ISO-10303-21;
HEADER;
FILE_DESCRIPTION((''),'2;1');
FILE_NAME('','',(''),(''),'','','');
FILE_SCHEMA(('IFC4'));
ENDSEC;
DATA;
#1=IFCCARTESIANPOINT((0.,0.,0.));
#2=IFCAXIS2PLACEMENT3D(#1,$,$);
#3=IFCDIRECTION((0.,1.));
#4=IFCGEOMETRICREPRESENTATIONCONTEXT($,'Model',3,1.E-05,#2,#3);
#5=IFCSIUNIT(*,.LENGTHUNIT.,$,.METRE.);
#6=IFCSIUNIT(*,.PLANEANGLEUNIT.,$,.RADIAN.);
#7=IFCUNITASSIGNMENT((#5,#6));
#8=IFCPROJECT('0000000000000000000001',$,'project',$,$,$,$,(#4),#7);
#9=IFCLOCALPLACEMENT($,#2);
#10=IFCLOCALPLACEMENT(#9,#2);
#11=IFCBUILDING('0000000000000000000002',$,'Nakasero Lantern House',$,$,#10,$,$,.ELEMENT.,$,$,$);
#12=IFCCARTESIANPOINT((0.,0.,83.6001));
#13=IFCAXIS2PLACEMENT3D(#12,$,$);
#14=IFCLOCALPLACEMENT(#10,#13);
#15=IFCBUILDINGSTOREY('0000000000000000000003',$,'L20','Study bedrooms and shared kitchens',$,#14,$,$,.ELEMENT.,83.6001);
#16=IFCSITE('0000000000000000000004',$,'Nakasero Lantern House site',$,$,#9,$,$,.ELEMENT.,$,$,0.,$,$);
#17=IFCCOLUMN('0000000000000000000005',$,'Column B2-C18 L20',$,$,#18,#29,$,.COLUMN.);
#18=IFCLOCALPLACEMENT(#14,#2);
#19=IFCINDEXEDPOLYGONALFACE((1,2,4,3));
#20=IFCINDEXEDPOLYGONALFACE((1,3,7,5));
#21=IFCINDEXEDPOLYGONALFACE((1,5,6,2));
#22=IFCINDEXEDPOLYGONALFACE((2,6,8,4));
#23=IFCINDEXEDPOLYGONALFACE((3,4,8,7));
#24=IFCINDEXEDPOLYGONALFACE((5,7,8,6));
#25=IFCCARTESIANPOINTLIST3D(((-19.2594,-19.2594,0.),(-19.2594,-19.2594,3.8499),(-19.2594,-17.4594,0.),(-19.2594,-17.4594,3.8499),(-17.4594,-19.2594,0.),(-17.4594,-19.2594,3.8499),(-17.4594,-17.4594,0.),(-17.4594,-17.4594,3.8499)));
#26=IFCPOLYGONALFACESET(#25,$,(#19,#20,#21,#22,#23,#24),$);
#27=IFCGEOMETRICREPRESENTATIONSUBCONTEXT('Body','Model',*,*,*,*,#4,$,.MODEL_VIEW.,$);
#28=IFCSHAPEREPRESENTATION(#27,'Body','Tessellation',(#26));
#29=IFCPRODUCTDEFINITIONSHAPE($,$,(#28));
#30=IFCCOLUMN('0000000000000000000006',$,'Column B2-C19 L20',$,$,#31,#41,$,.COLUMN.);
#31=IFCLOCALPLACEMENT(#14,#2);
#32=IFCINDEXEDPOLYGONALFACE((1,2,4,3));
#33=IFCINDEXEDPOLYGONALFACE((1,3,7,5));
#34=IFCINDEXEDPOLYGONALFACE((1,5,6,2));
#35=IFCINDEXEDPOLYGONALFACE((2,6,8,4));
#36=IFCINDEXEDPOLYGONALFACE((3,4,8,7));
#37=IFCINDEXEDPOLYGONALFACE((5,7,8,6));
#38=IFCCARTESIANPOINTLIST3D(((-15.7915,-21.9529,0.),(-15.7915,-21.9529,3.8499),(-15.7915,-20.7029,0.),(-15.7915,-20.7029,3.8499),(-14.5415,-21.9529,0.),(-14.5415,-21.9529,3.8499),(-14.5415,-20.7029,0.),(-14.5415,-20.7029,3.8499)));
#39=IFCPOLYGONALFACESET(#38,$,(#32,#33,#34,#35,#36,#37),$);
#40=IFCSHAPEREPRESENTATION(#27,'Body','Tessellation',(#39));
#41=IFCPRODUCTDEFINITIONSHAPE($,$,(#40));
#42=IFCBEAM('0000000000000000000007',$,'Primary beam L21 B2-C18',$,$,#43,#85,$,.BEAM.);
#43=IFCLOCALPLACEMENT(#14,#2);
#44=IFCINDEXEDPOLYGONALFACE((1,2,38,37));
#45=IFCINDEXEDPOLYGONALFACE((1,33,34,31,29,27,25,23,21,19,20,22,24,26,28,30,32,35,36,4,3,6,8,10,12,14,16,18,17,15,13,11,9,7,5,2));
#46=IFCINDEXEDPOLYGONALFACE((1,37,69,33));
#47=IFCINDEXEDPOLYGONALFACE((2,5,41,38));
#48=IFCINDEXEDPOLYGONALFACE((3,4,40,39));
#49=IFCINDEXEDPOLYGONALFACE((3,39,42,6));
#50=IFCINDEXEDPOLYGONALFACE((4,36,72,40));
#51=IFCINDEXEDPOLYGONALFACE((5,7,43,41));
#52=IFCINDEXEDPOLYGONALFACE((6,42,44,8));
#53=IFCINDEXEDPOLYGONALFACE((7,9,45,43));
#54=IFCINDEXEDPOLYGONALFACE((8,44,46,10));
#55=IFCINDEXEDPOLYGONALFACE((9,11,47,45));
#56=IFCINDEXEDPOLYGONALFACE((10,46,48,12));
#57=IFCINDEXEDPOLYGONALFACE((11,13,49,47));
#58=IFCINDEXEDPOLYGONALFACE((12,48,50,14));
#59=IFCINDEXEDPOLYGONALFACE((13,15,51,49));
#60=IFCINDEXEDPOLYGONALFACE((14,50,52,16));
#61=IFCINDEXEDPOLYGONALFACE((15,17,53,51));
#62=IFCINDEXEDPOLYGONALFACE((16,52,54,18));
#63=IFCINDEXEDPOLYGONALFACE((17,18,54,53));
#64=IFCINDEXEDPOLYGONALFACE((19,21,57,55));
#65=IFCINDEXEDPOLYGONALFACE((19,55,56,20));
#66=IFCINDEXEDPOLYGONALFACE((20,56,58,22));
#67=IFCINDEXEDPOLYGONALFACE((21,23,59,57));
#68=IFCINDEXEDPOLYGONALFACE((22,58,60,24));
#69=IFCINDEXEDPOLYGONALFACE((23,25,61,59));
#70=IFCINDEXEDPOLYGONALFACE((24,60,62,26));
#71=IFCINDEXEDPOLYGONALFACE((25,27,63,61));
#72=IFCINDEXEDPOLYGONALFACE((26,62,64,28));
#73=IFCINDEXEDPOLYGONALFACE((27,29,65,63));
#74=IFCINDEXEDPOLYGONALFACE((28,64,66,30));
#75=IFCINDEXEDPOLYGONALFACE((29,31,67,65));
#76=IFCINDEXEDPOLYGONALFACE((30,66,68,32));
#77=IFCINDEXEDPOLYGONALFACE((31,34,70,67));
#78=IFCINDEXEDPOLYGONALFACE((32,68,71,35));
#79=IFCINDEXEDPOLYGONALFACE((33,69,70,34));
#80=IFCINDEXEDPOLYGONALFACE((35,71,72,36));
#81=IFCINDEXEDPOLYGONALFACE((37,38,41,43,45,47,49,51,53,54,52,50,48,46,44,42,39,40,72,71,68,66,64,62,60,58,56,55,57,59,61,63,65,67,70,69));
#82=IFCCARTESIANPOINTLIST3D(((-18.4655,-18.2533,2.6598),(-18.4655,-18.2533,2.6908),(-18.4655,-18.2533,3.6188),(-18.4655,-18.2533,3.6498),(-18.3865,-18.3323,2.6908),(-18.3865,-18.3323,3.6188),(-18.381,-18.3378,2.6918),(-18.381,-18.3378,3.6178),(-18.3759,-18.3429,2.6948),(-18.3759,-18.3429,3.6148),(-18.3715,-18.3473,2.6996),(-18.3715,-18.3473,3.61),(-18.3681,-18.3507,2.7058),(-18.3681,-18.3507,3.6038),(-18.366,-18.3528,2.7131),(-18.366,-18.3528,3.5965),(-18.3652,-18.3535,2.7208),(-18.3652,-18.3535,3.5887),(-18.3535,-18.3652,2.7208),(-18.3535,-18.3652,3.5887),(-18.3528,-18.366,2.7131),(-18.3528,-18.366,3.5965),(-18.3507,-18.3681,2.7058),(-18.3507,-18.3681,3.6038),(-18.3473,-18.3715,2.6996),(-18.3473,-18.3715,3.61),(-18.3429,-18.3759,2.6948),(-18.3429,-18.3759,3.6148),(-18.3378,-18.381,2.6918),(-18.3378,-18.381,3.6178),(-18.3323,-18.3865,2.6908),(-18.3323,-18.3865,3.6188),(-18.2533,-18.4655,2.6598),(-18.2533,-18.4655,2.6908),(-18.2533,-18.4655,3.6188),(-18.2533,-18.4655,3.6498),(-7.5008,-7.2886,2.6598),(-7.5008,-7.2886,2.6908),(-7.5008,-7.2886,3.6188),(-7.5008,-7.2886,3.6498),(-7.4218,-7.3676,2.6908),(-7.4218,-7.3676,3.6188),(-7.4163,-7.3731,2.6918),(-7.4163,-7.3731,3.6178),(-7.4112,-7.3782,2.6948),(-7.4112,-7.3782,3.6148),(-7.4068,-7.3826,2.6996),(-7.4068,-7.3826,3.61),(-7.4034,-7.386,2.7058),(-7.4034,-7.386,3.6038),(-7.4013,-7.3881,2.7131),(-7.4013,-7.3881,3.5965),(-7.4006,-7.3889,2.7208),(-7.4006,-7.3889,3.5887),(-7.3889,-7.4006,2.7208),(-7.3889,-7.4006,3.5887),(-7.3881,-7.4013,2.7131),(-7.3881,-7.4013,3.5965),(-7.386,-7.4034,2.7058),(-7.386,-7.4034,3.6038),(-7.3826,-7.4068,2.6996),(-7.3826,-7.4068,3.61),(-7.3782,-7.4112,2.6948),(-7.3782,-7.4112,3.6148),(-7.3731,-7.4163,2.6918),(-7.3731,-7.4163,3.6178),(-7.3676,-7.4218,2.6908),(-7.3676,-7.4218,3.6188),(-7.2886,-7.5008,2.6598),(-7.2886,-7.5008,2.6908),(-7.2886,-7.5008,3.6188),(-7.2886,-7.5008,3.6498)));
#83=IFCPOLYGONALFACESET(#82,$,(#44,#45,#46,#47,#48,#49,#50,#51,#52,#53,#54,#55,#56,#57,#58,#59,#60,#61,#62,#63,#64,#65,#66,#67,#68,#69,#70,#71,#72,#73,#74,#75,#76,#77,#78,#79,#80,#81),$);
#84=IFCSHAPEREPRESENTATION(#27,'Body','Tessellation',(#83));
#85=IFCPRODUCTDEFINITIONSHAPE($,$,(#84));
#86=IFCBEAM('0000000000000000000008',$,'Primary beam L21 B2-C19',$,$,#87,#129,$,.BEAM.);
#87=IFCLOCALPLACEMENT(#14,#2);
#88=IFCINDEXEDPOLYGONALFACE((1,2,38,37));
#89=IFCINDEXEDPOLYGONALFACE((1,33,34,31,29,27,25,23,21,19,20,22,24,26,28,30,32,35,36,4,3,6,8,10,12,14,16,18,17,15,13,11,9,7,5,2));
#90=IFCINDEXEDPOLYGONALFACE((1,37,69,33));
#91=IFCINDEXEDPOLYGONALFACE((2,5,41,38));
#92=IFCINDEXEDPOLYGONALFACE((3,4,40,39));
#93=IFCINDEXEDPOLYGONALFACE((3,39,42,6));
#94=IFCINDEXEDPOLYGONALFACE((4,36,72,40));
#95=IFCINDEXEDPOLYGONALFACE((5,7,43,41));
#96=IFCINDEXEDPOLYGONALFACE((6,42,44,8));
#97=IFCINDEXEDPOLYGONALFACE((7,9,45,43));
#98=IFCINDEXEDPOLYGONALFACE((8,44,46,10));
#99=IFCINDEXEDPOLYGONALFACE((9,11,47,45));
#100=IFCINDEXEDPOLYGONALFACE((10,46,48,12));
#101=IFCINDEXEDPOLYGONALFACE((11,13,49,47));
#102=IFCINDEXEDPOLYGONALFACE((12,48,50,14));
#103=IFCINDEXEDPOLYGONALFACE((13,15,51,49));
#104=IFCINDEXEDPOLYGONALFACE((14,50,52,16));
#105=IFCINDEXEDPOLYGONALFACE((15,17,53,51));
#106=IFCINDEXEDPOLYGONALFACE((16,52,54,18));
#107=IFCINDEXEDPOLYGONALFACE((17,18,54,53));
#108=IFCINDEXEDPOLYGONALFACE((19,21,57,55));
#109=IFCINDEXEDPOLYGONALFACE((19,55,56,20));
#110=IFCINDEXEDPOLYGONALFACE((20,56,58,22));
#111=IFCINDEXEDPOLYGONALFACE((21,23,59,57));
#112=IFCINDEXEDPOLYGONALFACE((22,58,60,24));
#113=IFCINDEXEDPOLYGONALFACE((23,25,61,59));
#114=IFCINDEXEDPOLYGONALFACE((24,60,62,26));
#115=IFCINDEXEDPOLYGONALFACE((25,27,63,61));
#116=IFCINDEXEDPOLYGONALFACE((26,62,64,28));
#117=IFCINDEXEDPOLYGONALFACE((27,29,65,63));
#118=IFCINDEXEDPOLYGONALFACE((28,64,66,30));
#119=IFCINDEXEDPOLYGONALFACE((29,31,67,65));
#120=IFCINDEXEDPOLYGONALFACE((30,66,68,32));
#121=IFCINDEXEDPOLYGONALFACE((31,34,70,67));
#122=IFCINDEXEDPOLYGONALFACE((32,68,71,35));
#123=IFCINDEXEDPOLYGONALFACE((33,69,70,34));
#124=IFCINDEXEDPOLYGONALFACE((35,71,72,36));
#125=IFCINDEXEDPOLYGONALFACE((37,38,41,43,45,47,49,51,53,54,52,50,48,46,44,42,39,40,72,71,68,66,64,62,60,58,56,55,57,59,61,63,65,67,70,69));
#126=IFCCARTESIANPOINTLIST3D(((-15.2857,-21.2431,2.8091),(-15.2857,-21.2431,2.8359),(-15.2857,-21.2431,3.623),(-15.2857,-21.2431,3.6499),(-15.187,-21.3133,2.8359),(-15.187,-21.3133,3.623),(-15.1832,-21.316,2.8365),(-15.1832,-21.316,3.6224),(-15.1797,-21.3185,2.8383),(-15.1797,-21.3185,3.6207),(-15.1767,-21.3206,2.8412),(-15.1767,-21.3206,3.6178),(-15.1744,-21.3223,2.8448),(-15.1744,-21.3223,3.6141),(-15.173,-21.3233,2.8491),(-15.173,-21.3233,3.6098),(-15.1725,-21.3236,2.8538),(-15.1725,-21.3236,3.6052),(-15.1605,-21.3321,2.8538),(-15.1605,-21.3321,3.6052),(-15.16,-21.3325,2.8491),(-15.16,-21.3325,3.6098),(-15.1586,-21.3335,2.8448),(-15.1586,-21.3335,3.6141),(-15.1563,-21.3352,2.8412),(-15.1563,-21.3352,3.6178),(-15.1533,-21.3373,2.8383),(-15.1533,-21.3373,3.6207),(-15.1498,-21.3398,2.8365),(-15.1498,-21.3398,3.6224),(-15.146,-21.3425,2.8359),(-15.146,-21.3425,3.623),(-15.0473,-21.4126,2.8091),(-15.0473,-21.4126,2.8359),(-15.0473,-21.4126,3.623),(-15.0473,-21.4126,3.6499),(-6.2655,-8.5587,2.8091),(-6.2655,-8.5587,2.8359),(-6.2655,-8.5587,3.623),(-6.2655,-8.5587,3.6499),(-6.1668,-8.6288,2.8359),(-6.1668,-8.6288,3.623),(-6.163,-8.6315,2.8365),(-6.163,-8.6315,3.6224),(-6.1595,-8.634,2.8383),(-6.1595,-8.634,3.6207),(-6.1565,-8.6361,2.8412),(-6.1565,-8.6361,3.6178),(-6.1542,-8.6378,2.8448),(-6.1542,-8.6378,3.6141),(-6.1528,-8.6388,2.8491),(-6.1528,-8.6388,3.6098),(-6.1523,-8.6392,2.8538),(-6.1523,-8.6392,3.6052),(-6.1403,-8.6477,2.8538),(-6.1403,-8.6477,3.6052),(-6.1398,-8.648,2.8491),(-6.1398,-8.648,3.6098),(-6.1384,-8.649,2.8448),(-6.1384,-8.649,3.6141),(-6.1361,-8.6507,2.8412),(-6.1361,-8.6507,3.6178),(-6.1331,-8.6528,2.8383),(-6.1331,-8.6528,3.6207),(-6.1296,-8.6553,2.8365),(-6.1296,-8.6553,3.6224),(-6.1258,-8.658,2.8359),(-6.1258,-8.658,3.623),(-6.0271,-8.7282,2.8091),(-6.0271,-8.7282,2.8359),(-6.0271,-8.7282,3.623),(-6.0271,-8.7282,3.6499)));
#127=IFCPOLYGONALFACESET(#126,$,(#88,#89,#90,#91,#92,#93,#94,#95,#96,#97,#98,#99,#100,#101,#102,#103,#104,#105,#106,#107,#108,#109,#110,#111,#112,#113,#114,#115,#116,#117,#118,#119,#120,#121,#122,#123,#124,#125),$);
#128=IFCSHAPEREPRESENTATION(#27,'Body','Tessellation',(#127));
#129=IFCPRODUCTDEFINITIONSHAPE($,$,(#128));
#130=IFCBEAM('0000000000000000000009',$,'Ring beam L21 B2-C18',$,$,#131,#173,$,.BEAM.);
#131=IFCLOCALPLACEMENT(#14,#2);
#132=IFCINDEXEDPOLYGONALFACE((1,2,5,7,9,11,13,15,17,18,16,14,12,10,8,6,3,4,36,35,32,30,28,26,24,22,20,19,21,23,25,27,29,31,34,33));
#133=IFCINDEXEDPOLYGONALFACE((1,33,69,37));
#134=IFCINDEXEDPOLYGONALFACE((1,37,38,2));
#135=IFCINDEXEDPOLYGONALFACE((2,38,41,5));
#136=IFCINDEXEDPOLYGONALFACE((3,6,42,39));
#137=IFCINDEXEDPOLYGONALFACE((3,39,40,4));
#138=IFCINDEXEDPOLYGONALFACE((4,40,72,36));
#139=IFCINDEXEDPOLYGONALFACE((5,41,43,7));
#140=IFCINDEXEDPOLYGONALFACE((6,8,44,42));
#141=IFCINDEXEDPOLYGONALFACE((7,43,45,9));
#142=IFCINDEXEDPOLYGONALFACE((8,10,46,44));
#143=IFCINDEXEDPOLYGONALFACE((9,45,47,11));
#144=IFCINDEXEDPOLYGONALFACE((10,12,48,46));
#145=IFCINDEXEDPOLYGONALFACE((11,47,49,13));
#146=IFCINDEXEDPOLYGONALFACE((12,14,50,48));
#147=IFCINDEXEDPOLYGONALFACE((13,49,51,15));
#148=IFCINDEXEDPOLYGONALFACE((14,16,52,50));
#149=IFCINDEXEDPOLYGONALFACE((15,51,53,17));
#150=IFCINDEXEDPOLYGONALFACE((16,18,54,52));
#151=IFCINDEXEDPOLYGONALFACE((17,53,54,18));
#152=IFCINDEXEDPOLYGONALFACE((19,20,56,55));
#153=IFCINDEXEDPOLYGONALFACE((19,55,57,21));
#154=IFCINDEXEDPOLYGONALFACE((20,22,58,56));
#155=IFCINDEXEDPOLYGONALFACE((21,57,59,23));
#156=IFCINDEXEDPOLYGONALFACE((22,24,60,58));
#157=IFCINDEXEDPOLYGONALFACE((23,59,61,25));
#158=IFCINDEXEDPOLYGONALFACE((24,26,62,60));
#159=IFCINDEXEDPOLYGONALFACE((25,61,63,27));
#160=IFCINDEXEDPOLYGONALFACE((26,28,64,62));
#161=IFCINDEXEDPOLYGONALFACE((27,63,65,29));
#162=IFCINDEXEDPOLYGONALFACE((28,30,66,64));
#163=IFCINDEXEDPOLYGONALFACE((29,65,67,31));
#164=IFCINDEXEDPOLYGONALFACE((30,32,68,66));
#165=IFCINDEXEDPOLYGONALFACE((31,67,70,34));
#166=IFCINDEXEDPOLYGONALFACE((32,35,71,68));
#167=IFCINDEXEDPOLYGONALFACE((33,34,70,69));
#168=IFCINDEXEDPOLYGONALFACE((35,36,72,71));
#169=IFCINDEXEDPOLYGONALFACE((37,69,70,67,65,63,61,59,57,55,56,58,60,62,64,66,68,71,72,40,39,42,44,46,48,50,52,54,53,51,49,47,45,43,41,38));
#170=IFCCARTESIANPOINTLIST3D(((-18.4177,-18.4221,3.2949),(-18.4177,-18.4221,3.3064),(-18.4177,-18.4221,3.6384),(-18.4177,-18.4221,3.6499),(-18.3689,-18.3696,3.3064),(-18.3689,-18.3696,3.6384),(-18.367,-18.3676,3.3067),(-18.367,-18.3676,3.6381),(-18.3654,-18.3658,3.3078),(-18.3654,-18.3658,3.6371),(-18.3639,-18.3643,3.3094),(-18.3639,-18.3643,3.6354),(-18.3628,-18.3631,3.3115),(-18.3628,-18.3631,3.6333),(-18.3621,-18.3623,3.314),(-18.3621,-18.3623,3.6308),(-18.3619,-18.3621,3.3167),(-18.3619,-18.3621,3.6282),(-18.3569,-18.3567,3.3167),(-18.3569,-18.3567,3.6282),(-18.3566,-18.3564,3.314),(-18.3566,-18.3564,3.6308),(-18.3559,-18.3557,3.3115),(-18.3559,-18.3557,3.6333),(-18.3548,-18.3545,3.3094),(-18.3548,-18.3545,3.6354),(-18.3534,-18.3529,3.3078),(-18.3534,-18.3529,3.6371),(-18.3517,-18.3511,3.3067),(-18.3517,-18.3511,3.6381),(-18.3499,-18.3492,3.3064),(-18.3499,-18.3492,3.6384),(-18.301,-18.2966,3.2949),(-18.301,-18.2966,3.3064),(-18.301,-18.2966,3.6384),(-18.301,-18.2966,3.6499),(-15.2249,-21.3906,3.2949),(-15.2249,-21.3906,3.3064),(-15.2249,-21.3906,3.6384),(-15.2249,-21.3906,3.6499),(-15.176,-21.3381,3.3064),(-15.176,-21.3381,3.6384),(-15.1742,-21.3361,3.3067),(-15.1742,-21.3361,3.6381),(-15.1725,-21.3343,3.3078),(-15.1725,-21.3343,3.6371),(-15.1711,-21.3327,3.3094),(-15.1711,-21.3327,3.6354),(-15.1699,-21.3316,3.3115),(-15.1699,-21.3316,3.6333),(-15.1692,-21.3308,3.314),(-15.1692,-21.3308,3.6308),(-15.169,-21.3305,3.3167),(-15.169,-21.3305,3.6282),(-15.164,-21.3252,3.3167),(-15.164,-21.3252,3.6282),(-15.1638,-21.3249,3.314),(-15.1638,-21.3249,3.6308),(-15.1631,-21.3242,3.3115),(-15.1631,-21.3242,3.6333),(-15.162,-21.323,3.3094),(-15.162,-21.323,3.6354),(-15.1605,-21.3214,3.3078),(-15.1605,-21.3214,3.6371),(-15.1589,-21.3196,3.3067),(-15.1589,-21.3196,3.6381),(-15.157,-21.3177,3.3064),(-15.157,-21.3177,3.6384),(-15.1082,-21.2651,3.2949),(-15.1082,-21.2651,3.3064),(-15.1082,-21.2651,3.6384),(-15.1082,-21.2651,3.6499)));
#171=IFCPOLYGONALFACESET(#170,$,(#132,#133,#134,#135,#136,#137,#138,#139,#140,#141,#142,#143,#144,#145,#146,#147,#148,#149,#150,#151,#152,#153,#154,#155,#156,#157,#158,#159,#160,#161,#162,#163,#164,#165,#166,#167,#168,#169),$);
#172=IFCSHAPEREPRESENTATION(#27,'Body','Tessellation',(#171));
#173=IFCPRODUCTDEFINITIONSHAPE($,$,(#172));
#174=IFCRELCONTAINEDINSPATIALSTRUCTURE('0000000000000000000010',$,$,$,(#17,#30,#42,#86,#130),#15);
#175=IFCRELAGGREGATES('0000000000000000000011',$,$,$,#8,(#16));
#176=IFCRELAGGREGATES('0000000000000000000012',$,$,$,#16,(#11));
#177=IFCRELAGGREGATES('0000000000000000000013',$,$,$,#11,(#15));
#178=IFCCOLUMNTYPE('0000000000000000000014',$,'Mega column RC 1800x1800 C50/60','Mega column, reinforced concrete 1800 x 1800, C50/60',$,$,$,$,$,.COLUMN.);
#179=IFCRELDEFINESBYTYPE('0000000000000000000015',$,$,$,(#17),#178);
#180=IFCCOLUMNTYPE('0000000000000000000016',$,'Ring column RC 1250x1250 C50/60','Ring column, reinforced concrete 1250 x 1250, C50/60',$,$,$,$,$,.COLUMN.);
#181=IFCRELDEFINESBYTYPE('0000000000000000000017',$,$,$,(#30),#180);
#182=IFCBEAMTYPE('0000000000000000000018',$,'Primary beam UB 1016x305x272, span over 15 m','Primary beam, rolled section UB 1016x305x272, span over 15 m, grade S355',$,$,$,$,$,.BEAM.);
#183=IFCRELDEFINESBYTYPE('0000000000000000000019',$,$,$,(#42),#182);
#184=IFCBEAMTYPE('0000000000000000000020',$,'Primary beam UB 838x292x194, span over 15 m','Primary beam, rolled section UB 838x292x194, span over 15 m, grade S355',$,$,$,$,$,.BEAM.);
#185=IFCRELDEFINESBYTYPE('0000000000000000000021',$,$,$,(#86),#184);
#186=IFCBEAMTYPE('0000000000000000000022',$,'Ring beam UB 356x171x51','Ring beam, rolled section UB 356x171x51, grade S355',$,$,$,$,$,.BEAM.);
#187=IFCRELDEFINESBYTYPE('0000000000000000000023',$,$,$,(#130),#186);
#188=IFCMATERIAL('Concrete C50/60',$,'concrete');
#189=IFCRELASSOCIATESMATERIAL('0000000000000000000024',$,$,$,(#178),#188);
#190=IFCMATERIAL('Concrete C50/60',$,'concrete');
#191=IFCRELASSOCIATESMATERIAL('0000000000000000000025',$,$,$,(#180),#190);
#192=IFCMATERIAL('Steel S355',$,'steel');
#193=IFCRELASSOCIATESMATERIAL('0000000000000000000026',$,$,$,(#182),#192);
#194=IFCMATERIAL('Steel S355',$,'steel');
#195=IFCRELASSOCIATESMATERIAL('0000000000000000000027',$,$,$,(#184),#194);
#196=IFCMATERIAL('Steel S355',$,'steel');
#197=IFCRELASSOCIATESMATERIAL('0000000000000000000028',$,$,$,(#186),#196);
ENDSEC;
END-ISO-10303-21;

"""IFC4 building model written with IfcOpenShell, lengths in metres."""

from ifc_helpers import new_model, si_unit, direction, frame, origin, origin_2d, place, context, subcontext, project, spatial, rectangle, i_section, extrude, material, material_profile, profile_set, type_object, element, save


model = new_model("IFC4")

# Units and contexts
model_context = context("Model", 3, precision=1e-05, world=origin(), true_north=direction((0.0, 1.0)))
body_context = subcontext(model_context, "Body", "Model", "MODEL_VIEW")
ifc_project = project(units=[si_unit("LENGTHUNIT", "METRE"), si_unit("PLANEANGLEUNIT", "RADIAN")], contexts=[model_context])

# Site, building, storey
site_placement = place(None, origin())
site = spatial("IfcSite", under=ifc_project, at=site_placement, Name="Nakasero Lantern House site", CompositionType="ELEMENT", RefElevation=0.0)
building_placement = place(site_placement, origin())
building = spatial("IfcBuilding", under=site, at=building_placement, Name="Nakasero Lantern House", CompositionType="ELEMENT")
storey_placement = place(building_placement, frame((0.0, 0.0, 83.6001)))
storey = spatial("IfcBuildingStorey", under=building, at=storey_placement, Name="L20", Description="Study bedrooms and shared kitchens", CompositionType="ELEMENT", Elevation=83.6001)

# Columns
ifc_material_1 = material(Name="Concrete C50/60", Category="concrete")
ifc_material_profile_1 = material_profile(ifc_material_1, rectangle(XDim=1.8, YDim=1.8, at=origin_2d()), Name="RC 1800x1800")
ifc_profile_set_1 = profile_set([ifc_material_profile_1], Name="Concrete C50/60")
column_type_1 = type_object("IfcColumnType", Name="Mega column RC 1800x1800 C50/60", Description="Mega column, reinforced concrete 1800 x 1800, C50/60", PredefinedType="COLUMN", material=ifc_profile_set_1)
column_1_placement = place(storey_placement, frame((-18.3594, -18.3594, 0.0), z_axis=(0.0, 0.0, 1.0), x_axis=(1.0, 0.0, 0.0)))
element("IfcColumn", 1, at=column_1_placement, inside=storey, type_object=column_type_1, Name="Column B2-C18 L20", PredefinedType="COLUMN", context=body_context, shape_type="SweptSolid", body=[
    extrude(rectangle(XDim=1.8, YDim=1.8, at=origin_2d()), origin(), (0.0, 0.0, 1.0), 3.8499),
])
ifc_material_2 = material(Name="Concrete C50/60", Category="concrete")
ifc_material_profile_2 = material_profile(ifc_material_2, rectangle(XDim=1.25, YDim=1.25, at=origin_2d()), Name="RC 1250x1250")
ifc_profile_set_2 = profile_set([ifc_material_profile_2], Name="Concrete C50/60")
column_type_2 = type_object("IfcColumnType", Name="Ring column RC 1250x1250 C50/60", Description="Ring column, reinforced concrete 1250 x 1250, C50/60", PredefinedType="COLUMN", material=ifc_profile_set_2)
column_2_placement = place(storey_placement, frame((-15.1665, -21.3279, 0.0), z_axis=(0.0, 0.0, 1.0), x_axis=(1.0, 0.0, 0.0)))
element("IfcColumn", 2, at=column_2_placement, inside=storey, type_object=column_type_2, Name="Column B2-C19 L20", PredefinedType="COLUMN", context=body_context, shape_type="SweptSolid", body=[
    extrude(rectangle(XDim=1.25, YDim=1.25, at=origin_2d()), origin(), (0.0, 0.0, 1.0), 3.8499),
])

# Beams
ifc_material_3 = material(Name="Steel S355", Category="steel")
ifc_material_profile_3 = material_profile(ifc_material_3, i_section(OverallWidth=0.3, OverallDepth=0.99, WebThickness=0.0166, FlangeThickness=0.031, FilletRadius=0.03, at=origin_2d()), Name="UB 1016x305x272")
ifc_profile_set_3 = profile_set([ifc_material_profile_3], Name="Steel S355")
beam_type_1 = type_object("IfcBeamType", Name="Primary beam UB 1016x305x272, span over 15 m", Description="Primary beam, rolled section UB 1016x305x272, span over 15 m, grade S355", PredefinedType="BEAM", material=ifc_profile_set_3)
beam_1_placement = place(storey_placement, frame((-18.3594, -18.3594, 3.1548), z_axis=(0.707107, 0.707107, 0.0), x_axis=(-0.707107, 0.707107, 0.0)))
element("IfcBeam", 3, at=beam_1_placement, inside=storey, type_object=beam_type_1, Name="Primary beam L21 B2-C18", PredefinedType="BEAM", context=body_context, shape_type="SweptSolid", body=[
    extrude(i_section(OverallWidth=0.3, OverallDepth=0.99, WebThickness=0.0166, FlangeThickness=0.031, FilletRadius=0.03, at=origin_2d()), origin(), (0.0, 0.0, 1.0), 15.5063),
])
ifc_material_4 = material(Name="Steel S355", Category="steel")
ifc_material_profile_4 = material_profile(ifc_material_4, i_section(OverallWidth=0.2925, OverallDepth=0.8408, WebThickness=0.0146, FlangeThickness=0.0269, FilletRadius=0.0178, at=origin_2d()), Name="UB 838x292x194")
ifc_profile_set_4 = profile_set([ifc_material_profile_4], Name="Steel S355")
beam_type_2 = type_object("IfcBeamType", Name="Primary beam UB 838x292x194, span over 15 m", Description="Primary beam, rolled section UB 838x292x194, span over 15 m, grade S355", PredefinedType="BEAM", material=ifc_profile_set_4)
beam_2_placement = place(storey_placement, frame((-15.1665, -21.3279, 3.2295), z_axis=(0.579529, 0.814952, 0.0), x_axis=(-0.814952, 0.579529, 0.0)))
element("IfcBeam", 4, at=beam_2_placement, inside=storey, type_object=beam_type_2, Name="Primary beam L21 B2-C19", PredefinedType="BEAM", context=body_context, shape_type="SweptSolid", body=[
    extrude(i_section(OverallWidth=0.2925, OverallDepth=0.8408, WebThickness=0.0146, FlangeThickness=0.0269, FilletRadius=0.0178, at=origin_2d()), origin(), (0.0, 0.0, 1.0), 15.5647),
])
ifc_material_5 = material(Name="Steel S355", Category="steel")
ifc_material_profile_5 = material_profile(ifc_material_5, i_section(OverallWidth=0.1714, OverallDepth=0.355, WebThickness=0.0073, FlangeThickness=0.0115, FilletRadius=0.0103, at=origin_2d()), Name="UB 356x171x51")
ifc_profile_set_5 = profile_set([ifc_material_profile_5], Name="Steel S355")
beam_type_3 = type_object("IfcBeamType", Name="Ring beam UB 356x171x51", Description="Ring beam, rolled section UB 356x171x51, grade S355", PredefinedType="BEAM", material=ifc_profile_set_5)
beam_3_placement = place(storey_placement, frame((-18.3594, -18.3594, 3.4724), z_axis=(0.732371, -0.680906, 0.0), x_axis=(0.680906, 0.732371, 0.0)))
element("IfcBeam", 5, at=beam_3_placement, inside=storey, type_object=beam_type_3, Name="Ring beam L21 B2-C18", PredefinedType="BEAM", context=body_context, shape_type="SweptSolid", body=[
    extrude(i_section(OverallWidth=0.1714, OverallDepth=0.355, WebThickness=0.0073, FlangeThickness=0.0115, FilletRadius=0.0103, at=origin_2d()), origin(), (0.0, 0.0, 1.0), 4.3596),
])

save(model, "model.ifc")
